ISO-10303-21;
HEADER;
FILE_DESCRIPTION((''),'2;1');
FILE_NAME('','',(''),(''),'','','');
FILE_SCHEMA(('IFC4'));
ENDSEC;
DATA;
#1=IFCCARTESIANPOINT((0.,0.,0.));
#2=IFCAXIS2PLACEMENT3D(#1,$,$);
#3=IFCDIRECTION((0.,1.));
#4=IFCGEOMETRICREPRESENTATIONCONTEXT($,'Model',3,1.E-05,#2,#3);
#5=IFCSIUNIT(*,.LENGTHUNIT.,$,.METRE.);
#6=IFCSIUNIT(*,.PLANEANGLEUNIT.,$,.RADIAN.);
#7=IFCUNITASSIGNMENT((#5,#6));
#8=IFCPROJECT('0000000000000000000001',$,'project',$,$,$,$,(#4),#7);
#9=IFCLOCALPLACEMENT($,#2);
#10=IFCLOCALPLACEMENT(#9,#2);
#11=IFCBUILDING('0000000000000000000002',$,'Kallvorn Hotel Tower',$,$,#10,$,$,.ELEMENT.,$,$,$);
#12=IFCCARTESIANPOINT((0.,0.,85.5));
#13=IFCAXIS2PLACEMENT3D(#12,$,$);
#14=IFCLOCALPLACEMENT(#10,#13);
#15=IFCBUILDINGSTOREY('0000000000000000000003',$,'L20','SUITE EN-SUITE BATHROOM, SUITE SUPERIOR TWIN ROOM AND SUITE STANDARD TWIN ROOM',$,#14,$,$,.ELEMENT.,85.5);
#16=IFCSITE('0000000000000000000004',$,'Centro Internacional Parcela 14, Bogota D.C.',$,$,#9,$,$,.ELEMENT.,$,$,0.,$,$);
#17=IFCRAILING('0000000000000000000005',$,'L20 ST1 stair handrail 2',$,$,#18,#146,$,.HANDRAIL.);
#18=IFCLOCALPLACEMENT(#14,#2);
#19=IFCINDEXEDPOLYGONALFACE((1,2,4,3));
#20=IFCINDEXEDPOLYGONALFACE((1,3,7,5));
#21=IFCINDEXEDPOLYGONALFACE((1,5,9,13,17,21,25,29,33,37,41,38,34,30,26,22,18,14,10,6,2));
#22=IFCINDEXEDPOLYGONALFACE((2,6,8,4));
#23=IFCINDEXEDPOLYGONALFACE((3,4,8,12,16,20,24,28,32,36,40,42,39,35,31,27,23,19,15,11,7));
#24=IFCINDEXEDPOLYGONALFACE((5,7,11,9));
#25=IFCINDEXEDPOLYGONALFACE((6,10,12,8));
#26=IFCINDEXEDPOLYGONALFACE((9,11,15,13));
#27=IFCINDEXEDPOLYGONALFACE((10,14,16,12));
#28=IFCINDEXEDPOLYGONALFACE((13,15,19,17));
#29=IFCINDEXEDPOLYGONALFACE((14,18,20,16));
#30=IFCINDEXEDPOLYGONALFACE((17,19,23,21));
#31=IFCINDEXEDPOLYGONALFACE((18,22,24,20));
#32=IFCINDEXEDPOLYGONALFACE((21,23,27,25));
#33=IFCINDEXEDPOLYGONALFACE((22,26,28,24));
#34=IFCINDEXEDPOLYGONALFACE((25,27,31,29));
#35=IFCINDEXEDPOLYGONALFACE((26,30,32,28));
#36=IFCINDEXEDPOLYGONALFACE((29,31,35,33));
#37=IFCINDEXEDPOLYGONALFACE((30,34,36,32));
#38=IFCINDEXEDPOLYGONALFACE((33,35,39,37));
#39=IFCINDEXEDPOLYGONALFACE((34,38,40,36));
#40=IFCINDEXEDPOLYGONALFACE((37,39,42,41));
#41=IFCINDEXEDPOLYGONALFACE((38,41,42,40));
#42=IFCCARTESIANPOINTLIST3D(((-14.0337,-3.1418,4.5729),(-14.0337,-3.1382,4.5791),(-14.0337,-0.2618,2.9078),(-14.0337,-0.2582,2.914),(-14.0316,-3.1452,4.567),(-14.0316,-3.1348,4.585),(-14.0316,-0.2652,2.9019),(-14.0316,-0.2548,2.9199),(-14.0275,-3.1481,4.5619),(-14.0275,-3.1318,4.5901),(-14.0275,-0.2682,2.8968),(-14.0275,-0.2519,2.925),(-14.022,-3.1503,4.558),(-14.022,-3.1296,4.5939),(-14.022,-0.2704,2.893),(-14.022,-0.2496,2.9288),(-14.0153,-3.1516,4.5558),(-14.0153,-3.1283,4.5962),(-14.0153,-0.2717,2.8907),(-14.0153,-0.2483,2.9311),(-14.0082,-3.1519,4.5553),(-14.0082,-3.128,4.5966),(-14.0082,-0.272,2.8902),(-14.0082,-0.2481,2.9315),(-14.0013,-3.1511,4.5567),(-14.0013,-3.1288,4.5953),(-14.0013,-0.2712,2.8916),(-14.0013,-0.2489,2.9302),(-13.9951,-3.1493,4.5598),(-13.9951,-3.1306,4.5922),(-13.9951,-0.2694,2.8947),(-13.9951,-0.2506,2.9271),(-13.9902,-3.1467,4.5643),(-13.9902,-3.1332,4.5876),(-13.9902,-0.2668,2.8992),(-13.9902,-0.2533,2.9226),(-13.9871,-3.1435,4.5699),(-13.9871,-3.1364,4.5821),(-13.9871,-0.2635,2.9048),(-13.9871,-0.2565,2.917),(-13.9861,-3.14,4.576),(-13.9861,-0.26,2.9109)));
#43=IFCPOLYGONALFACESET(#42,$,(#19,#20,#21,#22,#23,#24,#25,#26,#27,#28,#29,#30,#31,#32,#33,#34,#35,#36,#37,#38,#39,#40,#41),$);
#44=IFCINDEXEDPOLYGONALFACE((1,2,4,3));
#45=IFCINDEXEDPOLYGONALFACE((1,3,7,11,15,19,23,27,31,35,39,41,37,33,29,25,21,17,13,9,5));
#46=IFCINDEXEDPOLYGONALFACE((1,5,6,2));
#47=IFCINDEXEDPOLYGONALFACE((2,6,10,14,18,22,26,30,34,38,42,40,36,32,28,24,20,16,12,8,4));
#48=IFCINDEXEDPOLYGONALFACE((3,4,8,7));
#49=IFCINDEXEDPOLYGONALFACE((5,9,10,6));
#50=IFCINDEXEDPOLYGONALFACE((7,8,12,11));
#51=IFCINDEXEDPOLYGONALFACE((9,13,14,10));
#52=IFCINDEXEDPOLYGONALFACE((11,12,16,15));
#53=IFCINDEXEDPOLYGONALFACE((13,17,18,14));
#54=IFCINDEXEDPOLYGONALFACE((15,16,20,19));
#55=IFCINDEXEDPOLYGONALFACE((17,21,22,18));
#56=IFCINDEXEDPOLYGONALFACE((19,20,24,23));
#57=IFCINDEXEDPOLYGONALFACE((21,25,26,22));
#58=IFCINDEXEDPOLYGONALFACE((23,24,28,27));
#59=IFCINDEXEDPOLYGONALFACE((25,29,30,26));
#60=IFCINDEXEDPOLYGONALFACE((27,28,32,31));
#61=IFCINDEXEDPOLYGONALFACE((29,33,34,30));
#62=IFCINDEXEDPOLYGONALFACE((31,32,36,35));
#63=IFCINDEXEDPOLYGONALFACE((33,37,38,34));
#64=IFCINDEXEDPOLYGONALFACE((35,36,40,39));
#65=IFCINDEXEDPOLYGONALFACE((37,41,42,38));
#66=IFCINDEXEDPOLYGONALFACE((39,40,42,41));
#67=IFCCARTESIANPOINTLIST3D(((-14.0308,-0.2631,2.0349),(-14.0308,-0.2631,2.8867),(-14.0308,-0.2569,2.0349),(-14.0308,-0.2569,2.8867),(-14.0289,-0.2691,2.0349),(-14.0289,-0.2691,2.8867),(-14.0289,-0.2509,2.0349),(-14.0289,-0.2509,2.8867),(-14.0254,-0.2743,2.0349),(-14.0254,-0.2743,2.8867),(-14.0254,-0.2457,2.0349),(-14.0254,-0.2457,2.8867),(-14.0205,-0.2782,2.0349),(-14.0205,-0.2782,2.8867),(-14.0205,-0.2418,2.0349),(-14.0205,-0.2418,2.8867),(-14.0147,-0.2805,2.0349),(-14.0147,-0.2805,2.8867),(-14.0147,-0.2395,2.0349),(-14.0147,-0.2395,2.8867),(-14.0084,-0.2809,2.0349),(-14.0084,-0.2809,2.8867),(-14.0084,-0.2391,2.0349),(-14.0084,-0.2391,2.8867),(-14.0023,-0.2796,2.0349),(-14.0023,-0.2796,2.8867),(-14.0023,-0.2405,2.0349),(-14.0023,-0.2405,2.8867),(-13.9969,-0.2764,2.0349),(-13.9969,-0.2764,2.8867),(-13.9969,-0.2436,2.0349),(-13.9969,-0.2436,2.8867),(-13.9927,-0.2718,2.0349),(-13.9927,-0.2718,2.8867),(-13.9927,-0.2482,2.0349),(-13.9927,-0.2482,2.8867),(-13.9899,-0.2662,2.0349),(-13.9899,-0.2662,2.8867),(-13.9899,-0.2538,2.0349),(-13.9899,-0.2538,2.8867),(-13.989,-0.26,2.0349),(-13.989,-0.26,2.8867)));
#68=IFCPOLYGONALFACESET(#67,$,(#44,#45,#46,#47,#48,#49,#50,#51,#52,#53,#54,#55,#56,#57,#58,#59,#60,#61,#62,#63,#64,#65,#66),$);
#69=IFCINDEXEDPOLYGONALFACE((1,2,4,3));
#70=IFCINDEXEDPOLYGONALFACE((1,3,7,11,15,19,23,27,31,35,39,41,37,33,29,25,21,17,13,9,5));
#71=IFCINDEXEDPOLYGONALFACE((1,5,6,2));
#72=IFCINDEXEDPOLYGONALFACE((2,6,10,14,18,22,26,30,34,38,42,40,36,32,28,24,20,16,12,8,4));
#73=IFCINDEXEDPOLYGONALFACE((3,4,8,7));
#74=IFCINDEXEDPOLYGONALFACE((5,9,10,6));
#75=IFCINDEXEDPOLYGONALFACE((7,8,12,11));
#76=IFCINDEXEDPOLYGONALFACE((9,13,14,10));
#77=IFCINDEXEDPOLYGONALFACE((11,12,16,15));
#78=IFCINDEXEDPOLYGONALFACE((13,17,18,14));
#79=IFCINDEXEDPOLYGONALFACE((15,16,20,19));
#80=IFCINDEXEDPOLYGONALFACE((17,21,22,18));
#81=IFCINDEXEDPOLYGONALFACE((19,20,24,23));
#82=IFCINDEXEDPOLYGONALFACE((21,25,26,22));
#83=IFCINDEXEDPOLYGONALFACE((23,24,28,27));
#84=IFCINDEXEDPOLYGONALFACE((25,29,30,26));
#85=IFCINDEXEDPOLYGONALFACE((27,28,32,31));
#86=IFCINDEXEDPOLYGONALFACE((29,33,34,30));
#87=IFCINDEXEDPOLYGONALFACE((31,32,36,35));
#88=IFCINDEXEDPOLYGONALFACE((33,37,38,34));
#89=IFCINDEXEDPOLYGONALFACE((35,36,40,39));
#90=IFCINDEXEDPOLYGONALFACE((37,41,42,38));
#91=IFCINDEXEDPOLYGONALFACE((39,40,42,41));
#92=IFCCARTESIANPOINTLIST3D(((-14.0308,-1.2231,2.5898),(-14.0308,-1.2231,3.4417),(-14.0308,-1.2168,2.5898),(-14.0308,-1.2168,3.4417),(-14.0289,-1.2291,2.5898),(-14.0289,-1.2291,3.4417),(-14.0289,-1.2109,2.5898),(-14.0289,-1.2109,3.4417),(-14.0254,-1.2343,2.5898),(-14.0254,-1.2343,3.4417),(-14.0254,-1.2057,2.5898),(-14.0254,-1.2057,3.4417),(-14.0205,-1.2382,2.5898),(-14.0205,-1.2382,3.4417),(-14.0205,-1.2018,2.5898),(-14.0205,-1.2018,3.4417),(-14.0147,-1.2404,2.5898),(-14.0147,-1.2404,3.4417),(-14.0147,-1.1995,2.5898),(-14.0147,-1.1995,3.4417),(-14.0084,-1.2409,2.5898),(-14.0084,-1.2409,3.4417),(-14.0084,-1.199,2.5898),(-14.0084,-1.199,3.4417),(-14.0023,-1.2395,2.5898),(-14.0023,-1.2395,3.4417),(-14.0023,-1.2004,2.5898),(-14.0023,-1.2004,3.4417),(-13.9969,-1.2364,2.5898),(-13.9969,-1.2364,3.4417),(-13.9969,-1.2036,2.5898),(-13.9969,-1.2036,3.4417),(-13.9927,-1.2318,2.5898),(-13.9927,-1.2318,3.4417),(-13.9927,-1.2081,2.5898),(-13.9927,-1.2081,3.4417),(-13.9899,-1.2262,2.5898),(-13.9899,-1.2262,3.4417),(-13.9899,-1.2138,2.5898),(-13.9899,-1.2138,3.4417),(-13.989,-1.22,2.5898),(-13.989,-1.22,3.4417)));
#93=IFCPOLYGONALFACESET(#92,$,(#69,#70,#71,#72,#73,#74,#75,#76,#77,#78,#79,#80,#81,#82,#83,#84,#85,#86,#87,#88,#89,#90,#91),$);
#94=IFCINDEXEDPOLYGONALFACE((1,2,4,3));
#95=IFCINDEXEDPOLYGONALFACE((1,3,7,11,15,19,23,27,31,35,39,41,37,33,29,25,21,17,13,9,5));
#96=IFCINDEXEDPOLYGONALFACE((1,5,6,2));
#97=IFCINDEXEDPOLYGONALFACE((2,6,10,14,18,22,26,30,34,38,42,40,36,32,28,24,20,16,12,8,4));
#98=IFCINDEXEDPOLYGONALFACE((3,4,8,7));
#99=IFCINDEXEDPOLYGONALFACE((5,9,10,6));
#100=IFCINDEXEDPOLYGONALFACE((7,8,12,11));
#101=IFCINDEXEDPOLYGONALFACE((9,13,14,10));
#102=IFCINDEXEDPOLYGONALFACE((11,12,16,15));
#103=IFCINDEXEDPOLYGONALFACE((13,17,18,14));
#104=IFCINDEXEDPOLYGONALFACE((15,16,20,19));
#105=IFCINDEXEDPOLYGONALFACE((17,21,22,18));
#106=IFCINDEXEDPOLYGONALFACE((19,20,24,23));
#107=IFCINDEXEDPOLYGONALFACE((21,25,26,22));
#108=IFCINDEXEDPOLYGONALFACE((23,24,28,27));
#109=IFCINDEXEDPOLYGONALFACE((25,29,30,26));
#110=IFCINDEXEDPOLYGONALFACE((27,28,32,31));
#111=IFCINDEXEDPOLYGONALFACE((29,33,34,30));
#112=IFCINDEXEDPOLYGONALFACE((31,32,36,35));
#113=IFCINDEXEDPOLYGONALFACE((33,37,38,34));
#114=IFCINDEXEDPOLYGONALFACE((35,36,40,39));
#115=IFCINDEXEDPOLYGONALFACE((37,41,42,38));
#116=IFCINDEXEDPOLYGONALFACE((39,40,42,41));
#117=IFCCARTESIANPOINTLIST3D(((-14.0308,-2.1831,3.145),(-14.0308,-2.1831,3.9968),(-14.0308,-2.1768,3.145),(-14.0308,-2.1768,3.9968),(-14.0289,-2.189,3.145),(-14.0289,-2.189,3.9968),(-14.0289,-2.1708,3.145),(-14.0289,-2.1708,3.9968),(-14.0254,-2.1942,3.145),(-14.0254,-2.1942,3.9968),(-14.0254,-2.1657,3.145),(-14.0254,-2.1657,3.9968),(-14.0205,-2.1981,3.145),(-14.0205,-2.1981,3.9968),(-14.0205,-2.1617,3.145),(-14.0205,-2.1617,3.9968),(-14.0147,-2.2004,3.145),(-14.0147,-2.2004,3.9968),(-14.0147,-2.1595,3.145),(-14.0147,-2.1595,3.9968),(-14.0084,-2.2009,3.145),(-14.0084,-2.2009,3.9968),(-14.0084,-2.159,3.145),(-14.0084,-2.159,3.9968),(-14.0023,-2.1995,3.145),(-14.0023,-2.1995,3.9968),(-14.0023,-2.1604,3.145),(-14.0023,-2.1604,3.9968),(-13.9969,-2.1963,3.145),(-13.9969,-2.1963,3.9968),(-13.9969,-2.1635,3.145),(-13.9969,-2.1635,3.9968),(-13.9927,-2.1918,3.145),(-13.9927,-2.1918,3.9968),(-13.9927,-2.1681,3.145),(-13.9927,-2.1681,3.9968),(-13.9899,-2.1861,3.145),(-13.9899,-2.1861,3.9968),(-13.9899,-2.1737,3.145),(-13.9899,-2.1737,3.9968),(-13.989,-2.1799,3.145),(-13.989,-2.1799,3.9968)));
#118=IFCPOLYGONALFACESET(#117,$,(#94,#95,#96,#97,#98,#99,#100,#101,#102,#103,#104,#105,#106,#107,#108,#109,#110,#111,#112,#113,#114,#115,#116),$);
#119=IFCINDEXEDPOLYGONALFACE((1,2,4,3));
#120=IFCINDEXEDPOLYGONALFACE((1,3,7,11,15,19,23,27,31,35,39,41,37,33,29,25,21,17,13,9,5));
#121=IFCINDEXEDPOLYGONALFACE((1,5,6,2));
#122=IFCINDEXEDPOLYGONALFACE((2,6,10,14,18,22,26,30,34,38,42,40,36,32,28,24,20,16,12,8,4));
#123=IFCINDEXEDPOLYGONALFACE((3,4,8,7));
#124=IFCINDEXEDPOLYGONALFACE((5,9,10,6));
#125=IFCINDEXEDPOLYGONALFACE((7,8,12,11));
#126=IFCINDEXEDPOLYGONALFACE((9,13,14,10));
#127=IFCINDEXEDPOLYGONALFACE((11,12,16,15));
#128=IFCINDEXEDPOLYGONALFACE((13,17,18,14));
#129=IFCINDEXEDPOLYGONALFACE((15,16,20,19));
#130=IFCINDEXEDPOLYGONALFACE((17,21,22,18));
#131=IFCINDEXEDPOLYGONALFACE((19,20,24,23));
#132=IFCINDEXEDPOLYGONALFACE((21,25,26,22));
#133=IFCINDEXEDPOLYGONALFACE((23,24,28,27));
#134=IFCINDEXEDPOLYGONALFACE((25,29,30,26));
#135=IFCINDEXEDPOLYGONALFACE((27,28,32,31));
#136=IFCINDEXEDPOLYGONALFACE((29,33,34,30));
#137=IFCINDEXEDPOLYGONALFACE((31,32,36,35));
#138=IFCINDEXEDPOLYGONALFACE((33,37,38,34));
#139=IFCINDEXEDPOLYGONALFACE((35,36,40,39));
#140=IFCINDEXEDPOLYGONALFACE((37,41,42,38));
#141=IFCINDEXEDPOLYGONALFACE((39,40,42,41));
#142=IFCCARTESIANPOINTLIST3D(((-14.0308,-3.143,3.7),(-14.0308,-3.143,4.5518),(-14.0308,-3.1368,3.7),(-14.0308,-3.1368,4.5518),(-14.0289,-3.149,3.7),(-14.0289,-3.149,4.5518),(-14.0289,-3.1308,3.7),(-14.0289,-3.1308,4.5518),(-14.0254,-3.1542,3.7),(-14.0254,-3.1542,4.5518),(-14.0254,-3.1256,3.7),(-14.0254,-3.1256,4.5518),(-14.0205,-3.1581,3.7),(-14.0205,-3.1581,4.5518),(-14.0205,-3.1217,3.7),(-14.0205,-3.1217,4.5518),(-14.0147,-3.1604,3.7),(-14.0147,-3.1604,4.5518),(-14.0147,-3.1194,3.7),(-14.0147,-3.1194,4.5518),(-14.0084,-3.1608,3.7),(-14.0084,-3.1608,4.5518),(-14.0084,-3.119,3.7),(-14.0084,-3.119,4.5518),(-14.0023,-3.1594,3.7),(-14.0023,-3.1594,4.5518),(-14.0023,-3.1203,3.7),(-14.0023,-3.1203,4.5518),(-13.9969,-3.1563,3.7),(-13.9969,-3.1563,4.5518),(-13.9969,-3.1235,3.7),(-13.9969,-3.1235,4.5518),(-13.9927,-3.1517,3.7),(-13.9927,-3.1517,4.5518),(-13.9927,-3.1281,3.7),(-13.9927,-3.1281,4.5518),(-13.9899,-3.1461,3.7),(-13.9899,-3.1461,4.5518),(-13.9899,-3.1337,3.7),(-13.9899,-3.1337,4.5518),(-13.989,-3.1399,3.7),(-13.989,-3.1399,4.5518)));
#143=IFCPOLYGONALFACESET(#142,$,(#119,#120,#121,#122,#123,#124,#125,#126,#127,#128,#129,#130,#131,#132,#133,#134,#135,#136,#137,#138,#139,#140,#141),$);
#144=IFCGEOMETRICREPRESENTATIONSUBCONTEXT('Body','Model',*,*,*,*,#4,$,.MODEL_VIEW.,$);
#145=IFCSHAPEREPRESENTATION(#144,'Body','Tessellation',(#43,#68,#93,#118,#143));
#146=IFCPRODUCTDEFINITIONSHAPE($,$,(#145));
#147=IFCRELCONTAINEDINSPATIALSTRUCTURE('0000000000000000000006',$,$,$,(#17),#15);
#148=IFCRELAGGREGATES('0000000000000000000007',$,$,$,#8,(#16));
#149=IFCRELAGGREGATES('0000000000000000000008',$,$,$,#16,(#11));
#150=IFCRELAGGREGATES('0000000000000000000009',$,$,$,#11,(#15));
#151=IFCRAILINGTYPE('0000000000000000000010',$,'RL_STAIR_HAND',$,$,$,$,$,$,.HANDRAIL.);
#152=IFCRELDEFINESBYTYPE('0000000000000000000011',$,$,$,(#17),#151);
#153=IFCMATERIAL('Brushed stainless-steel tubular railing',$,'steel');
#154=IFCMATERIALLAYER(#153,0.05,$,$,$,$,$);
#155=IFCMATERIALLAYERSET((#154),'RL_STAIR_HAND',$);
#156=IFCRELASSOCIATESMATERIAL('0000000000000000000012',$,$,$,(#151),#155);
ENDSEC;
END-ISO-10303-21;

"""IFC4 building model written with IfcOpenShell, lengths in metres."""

from ifc_helpers import new_model, si_unit, direction, frame, origin, origin_2d, place, context, subcontext, project, spatial, circle, extrude, material, layer, layer_set, type_object, element, save


model = new_model("IFC4")

# Units and contexts
model_context = context("Model", 3, precision=1e-05, world=origin(), true_north=direction((0.0, 1.0)))
body_context = subcontext(model_context, "Body", "Model", "MODEL_VIEW")
ifc_project = project(units=[si_unit("LENGTHUNIT", "METRE"), si_unit("PLANEANGLEUNIT", "RADIAN")], contexts=[model_context])

# Site, building, storey
site_placement = place(None, origin())
site = spatial("IfcSite", under=ifc_project, at=site_placement, Name="Centro Internacional Parcela 14, Bogota D.C.", CompositionType="ELEMENT", RefElevation=0.0)
building_placement = place(site_placement, origin())
building = spatial("IfcBuilding", under=site, at=building_placement, Name="Kallvorn Hotel Tower", CompositionType="ELEMENT")
storey_placement = place(building_placement, frame((0.0, 0.0, 85.5)))
storey = spatial("IfcBuildingStorey", under=building, at=storey_placement, Name="L20", Description="SUITE EN-SUITE BATHROOM, SUITE SUPERIOR TWIN ROOM AND SUITE STANDARD TWIN ROOM", CompositionType="ELEMENT", Elevation=85.5)

# Railing
ifc_material_1 = material(Name="Brushed stainless-steel tubular railing", Category="steel")
ifc_layer_1 = layer(ifc_material_1, 0.05)
ifc_layer_set_1 = layer_set([ifc_layer_1], Name="RL_STAIR_HAND")
railing_type_1 = type_object("IfcRailingType", Name="RL_STAIR_HAND", PredefinedType="HANDRAIL", material=ifc_layer_set_1)
railing_1_placement = place(storey_placement, frame((-14.01, -0.26, 2.0349)))
element("IfcRailing", 1, at=railing_1_placement, inside=storey, type_object=railing_type_1, Name="L20 ST1 stair handrail 2", PredefinedType="HANDRAIL", context=body_context, shape_type="SweptSolid", body=[
    extrude(circle(Radius=0.0239, at=origin_2d()), frame((0.0, 0.0, 0.876), z_axis=(0.0, -0.865721, 0.500527), x_axis=(1.0, 0.0, 0.0)), (0.0, 0.0, 1.0), 3.3267),
    extrude(circle(Radius=0.021, at=origin_2d()), origin(), (0.0, 0.0, 1.0), 0.8518),
    extrude(circle(Radius=0.021, at=origin_2d()), frame((0.0, -0.96, 0.5549)), (0.0, 0.0, 1.0), 0.8518),
    extrude(circle(Radius=0.021, at=origin_2d()), frame((0.0, -1.9199, 1.1101)), (0.0, 0.0, 1.0), 0.8518),
    extrude(circle(Radius=0.021, at=origin_2d()), frame((0.0, -2.8799, 1.665)), (0.0, 0.0, 1.0), 0.8518),
])

save(model, "model.ifc")
